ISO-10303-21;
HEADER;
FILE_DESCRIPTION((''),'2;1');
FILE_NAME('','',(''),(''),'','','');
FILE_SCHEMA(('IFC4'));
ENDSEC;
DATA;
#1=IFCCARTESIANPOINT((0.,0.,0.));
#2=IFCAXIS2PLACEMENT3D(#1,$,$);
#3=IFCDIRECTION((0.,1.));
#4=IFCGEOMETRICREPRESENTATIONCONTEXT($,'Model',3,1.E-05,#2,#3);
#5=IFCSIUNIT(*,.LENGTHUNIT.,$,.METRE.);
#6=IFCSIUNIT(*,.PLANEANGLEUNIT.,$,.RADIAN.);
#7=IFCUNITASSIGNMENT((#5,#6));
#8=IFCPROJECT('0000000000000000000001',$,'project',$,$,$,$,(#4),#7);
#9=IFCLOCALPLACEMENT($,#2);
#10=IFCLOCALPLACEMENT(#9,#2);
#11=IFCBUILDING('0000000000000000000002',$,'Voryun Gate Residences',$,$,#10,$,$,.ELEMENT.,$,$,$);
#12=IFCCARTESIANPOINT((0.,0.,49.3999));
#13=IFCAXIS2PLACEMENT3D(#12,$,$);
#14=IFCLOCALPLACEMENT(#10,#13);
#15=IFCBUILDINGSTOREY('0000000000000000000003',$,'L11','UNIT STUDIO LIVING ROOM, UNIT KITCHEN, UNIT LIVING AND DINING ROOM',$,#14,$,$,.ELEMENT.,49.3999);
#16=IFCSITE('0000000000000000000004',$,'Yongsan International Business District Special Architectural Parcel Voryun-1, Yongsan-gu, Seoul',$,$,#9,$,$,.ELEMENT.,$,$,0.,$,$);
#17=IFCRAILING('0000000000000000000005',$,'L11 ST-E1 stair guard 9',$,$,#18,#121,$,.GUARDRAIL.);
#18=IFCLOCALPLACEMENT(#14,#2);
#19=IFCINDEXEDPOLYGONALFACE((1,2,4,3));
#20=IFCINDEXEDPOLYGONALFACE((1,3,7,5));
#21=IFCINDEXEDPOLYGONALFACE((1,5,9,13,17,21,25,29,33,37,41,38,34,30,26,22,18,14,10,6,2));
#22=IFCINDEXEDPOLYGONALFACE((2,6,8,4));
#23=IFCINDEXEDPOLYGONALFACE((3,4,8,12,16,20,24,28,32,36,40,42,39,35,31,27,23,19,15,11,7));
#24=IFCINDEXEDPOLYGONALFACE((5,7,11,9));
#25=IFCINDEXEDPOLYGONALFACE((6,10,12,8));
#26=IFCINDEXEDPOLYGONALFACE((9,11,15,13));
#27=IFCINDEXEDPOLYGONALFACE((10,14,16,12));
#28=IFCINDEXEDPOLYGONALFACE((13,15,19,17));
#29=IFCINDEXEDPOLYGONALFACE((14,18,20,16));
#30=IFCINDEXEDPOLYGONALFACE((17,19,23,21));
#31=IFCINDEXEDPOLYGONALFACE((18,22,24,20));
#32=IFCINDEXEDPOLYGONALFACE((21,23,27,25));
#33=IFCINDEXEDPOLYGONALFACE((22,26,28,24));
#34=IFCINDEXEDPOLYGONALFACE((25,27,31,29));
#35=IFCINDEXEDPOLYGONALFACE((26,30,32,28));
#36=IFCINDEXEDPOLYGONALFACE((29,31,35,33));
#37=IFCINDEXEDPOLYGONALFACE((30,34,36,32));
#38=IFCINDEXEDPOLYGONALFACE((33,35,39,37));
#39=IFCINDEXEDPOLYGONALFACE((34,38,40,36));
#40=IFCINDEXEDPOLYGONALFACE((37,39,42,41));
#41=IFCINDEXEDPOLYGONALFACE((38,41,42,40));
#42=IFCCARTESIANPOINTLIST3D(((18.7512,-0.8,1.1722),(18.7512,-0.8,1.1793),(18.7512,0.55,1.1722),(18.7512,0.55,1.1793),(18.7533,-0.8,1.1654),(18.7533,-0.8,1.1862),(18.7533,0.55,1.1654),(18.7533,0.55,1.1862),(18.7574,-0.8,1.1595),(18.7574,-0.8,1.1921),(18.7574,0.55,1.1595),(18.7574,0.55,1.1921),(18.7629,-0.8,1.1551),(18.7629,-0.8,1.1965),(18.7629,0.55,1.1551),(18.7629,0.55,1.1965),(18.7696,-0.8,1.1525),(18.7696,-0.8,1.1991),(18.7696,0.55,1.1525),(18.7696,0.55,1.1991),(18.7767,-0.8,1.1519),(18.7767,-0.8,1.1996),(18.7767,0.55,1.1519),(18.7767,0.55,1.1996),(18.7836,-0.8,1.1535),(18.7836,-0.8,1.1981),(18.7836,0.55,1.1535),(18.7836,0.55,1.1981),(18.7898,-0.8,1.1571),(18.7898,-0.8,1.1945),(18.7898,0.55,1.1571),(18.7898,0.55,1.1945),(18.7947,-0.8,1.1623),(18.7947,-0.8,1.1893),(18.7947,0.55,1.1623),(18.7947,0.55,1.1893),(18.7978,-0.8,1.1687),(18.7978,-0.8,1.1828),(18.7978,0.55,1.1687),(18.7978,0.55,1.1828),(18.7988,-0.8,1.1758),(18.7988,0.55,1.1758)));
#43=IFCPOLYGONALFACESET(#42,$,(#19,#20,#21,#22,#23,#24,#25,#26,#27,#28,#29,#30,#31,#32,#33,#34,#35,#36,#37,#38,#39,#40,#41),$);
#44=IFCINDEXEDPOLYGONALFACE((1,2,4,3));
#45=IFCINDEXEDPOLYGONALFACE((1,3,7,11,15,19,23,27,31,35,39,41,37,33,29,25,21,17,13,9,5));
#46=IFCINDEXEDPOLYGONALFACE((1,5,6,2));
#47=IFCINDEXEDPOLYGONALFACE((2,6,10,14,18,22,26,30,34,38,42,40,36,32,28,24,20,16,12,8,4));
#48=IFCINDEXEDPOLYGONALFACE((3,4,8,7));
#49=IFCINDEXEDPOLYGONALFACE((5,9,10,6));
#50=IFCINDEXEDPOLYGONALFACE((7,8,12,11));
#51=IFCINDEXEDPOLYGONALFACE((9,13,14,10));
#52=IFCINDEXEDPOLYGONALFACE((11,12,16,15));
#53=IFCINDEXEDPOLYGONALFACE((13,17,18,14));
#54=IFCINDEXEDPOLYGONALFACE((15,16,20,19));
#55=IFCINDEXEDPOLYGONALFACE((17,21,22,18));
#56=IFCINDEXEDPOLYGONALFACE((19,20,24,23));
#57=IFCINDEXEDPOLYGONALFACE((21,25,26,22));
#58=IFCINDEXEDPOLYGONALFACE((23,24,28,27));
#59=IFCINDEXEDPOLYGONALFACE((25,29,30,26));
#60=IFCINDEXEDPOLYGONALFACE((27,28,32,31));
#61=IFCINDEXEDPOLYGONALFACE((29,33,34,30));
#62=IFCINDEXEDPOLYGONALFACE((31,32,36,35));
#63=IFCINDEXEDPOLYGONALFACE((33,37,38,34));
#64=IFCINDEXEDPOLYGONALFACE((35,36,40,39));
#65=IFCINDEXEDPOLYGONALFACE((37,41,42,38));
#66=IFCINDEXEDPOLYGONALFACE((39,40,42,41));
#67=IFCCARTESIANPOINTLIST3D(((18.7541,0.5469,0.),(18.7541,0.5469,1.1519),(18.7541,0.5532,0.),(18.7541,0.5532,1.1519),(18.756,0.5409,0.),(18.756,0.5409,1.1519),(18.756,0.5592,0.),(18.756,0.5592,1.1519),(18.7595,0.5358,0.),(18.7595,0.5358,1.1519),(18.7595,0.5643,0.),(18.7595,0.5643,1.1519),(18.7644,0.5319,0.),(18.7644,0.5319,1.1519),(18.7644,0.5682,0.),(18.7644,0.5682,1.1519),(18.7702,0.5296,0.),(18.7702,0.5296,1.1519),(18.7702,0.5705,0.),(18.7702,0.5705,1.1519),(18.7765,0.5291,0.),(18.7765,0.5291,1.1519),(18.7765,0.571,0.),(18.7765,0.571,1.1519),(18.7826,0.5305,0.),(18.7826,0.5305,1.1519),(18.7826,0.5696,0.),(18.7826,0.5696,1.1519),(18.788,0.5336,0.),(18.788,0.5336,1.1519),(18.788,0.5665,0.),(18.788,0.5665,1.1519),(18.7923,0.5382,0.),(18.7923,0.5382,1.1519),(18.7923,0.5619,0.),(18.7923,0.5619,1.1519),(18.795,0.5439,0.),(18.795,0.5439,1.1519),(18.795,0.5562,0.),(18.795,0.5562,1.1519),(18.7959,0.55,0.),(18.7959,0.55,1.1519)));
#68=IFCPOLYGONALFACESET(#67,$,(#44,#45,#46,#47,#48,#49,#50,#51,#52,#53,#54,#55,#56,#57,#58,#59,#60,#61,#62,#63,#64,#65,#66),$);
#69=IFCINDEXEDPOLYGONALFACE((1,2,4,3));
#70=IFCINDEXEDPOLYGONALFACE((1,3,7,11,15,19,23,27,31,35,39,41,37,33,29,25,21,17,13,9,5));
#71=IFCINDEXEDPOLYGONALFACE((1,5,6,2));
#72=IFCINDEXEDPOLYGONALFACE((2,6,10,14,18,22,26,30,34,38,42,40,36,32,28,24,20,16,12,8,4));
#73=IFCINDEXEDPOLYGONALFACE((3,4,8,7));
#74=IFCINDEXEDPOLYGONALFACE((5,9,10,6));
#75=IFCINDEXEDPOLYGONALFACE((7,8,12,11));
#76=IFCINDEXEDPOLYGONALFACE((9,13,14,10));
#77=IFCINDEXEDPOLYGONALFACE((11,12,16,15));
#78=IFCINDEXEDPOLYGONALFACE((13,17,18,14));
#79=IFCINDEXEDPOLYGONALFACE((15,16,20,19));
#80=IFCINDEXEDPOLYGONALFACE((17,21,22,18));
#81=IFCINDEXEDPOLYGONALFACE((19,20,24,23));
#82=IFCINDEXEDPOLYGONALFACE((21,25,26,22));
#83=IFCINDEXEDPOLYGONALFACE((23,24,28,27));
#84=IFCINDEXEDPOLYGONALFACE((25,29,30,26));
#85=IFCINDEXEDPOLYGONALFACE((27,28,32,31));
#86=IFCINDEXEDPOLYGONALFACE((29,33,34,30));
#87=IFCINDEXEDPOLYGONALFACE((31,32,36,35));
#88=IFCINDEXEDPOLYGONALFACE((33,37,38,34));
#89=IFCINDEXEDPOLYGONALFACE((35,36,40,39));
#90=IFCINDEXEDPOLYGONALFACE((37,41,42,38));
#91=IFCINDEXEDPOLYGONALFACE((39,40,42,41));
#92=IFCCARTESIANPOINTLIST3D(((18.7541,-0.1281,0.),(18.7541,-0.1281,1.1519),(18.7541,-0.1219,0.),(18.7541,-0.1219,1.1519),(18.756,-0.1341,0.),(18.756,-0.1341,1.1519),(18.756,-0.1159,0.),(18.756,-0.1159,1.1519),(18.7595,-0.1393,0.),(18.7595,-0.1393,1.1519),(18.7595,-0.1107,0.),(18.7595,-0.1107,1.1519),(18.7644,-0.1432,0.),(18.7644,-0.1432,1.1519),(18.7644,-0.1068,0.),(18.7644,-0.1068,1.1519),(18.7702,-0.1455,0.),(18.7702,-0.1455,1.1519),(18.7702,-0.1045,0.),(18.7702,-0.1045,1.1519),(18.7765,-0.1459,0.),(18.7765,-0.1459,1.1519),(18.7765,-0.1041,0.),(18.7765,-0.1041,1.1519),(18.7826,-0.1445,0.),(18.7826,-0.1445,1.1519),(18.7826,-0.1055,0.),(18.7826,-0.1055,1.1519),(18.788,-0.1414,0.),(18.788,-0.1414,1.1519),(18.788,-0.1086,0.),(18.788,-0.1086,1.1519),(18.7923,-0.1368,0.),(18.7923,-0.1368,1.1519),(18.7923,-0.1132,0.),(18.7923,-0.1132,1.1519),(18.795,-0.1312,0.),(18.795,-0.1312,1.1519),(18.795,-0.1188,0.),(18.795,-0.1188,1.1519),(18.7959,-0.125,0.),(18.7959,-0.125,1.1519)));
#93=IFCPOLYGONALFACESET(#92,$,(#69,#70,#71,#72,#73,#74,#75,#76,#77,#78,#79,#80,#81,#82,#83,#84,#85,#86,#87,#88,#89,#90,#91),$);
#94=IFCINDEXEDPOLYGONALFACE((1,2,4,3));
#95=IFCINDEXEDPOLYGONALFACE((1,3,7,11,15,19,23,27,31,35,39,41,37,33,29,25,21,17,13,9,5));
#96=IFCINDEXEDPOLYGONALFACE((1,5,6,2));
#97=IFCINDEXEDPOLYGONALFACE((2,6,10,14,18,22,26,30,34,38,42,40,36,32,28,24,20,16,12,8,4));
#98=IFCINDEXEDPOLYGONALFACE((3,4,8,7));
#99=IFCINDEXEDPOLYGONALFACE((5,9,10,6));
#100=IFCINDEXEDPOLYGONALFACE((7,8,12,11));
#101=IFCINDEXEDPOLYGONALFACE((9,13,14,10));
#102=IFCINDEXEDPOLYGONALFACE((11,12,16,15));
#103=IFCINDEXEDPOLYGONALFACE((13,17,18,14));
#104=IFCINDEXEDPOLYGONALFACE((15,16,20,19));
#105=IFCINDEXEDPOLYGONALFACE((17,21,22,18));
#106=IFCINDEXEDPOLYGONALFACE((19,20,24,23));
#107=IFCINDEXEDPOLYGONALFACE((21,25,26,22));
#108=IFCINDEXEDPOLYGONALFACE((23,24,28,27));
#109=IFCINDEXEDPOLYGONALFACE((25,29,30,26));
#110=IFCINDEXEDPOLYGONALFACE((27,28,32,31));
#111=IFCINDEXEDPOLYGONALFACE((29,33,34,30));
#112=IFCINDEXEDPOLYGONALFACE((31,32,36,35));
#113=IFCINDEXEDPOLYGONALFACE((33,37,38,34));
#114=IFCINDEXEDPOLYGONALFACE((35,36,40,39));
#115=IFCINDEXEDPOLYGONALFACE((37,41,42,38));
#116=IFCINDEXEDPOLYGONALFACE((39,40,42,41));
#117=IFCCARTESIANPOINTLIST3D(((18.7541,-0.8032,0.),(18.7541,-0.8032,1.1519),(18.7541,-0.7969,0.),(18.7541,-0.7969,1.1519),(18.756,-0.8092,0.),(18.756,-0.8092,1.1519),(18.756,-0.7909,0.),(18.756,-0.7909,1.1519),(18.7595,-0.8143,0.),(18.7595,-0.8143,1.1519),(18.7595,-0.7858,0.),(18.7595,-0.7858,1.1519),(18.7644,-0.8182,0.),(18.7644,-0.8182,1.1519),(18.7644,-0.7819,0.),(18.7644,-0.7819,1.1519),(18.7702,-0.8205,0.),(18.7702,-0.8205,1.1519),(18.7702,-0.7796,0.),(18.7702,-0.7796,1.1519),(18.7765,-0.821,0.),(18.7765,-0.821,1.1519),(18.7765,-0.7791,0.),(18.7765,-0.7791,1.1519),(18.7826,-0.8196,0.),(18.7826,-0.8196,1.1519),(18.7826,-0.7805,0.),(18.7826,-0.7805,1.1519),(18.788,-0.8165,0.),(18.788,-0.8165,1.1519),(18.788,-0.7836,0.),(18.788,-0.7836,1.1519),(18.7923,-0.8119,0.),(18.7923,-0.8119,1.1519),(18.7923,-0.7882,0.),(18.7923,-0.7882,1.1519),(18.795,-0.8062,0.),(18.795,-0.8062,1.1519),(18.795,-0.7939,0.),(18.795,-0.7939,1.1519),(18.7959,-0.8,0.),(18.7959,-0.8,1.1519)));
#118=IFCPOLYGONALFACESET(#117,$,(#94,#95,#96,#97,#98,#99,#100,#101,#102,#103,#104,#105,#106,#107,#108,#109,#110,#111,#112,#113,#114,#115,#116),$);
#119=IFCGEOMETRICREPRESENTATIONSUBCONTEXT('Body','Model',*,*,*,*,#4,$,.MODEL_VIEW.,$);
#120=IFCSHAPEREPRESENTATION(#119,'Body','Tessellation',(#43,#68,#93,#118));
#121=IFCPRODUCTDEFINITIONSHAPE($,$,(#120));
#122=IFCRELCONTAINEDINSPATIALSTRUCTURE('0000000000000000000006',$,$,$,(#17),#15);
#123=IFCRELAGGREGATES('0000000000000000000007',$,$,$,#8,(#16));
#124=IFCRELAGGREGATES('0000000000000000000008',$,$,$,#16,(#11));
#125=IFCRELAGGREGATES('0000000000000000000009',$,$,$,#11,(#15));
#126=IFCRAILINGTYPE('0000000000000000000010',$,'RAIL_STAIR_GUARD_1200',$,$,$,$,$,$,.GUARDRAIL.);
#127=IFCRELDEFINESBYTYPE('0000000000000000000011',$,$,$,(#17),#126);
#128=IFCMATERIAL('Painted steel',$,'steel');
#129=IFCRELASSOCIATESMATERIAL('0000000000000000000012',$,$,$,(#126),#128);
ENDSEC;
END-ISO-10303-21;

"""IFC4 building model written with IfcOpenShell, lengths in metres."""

from ifc_helpers import new_model, si_unit, direction, frame, origin, origin_2d, place, context, subcontext, project, spatial, circle, extrude, material, type_object, element, save


model = new_model("IFC4")

# Units and contexts
model_context = context("Model", 3, precision=1e-05, world=origin(), true_north=direction((0.0, 1.0)))
body_context = subcontext(model_context, "Body", "Model", "MODEL_VIEW")
ifc_project = project(units=[si_unit("LENGTHUNIT", "METRE"), si_unit("PLANEANGLEUNIT", "RADIAN")], contexts=[model_context])

# Site, building, storey
site_placement = place(None, origin())
site = spatial("IfcSite", under=ifc_project, at=site_placement, Name="Yongsan International Business District Special Architectural Parcel Voryun-1, Yongsan-gu, Seoul", CompositionType="ELEMENT", RefElevation=0.0)
building_placement = place(site_placement, origin())
building = spatial("IfcBuilding", under=site, at=building_placement, Name="Voryun Gate Residences", CompositionType="ELEMENT")
storey_placement = place(building_placement, frame((0.0, 0.0, 49.3999)))
storey = spatial("IfcBuildingStorey", under=building, at=storey_placement, Name="L11", Description="UNIT STUDIO LIVING ROOM, UNIT KITCHEN, UNIT LIVING AND DINING ROOM", CompositionType="ELEMENT", Elevation=49.3999)

# Railing
ifc_material_1 = material(Name="Painted steel", Category="steel")
railing_type = type_object("IfcRailingType", Name="RAIL_STAIR_GUARD_1200", PredefinedType="GUARDRAIL", material=ifc_material_1)
for number, where, name in (
    (1, (18.7749, 0.55, 0.0), "L11 ST-E1 stair guard 9"),
):
    element("IfcRailing", number, at=place(storey_placement, frame(where)), inside=storey, type_object=railing_type, Name=name, PredefinedType="GUARDRAIL", context=body_context, shape_type="SweptSolid", body=[
        extrude(circle(Radius=0.0239, at=origin_2d()), frame((0.0, 0.0, 1.1758), z_axis=(0.0, -1.0, 0.0), x_axis=(1.0, 0.0, 0.0)), (0.0, 0.0, 1.0), 1.3501),
        extrude(circle(Radius=0.021, at=origin_2d()), origin(), (0.0, 0.0, 1.0), 1.1519),
        extrude(circle(Radius=0.021, at=origin_2d()), frame((0.0, -0.675, 0.0)), (0.0, 0.0, 1.0), 1.1519),
        extrude(circle(Radius=0.021, at=origin_2d()), frame((0.0, -1.3501, 0.0)), (0.0, 0.0, 1.0), 1.1519),
    ])

save(model, "model.ifc")
